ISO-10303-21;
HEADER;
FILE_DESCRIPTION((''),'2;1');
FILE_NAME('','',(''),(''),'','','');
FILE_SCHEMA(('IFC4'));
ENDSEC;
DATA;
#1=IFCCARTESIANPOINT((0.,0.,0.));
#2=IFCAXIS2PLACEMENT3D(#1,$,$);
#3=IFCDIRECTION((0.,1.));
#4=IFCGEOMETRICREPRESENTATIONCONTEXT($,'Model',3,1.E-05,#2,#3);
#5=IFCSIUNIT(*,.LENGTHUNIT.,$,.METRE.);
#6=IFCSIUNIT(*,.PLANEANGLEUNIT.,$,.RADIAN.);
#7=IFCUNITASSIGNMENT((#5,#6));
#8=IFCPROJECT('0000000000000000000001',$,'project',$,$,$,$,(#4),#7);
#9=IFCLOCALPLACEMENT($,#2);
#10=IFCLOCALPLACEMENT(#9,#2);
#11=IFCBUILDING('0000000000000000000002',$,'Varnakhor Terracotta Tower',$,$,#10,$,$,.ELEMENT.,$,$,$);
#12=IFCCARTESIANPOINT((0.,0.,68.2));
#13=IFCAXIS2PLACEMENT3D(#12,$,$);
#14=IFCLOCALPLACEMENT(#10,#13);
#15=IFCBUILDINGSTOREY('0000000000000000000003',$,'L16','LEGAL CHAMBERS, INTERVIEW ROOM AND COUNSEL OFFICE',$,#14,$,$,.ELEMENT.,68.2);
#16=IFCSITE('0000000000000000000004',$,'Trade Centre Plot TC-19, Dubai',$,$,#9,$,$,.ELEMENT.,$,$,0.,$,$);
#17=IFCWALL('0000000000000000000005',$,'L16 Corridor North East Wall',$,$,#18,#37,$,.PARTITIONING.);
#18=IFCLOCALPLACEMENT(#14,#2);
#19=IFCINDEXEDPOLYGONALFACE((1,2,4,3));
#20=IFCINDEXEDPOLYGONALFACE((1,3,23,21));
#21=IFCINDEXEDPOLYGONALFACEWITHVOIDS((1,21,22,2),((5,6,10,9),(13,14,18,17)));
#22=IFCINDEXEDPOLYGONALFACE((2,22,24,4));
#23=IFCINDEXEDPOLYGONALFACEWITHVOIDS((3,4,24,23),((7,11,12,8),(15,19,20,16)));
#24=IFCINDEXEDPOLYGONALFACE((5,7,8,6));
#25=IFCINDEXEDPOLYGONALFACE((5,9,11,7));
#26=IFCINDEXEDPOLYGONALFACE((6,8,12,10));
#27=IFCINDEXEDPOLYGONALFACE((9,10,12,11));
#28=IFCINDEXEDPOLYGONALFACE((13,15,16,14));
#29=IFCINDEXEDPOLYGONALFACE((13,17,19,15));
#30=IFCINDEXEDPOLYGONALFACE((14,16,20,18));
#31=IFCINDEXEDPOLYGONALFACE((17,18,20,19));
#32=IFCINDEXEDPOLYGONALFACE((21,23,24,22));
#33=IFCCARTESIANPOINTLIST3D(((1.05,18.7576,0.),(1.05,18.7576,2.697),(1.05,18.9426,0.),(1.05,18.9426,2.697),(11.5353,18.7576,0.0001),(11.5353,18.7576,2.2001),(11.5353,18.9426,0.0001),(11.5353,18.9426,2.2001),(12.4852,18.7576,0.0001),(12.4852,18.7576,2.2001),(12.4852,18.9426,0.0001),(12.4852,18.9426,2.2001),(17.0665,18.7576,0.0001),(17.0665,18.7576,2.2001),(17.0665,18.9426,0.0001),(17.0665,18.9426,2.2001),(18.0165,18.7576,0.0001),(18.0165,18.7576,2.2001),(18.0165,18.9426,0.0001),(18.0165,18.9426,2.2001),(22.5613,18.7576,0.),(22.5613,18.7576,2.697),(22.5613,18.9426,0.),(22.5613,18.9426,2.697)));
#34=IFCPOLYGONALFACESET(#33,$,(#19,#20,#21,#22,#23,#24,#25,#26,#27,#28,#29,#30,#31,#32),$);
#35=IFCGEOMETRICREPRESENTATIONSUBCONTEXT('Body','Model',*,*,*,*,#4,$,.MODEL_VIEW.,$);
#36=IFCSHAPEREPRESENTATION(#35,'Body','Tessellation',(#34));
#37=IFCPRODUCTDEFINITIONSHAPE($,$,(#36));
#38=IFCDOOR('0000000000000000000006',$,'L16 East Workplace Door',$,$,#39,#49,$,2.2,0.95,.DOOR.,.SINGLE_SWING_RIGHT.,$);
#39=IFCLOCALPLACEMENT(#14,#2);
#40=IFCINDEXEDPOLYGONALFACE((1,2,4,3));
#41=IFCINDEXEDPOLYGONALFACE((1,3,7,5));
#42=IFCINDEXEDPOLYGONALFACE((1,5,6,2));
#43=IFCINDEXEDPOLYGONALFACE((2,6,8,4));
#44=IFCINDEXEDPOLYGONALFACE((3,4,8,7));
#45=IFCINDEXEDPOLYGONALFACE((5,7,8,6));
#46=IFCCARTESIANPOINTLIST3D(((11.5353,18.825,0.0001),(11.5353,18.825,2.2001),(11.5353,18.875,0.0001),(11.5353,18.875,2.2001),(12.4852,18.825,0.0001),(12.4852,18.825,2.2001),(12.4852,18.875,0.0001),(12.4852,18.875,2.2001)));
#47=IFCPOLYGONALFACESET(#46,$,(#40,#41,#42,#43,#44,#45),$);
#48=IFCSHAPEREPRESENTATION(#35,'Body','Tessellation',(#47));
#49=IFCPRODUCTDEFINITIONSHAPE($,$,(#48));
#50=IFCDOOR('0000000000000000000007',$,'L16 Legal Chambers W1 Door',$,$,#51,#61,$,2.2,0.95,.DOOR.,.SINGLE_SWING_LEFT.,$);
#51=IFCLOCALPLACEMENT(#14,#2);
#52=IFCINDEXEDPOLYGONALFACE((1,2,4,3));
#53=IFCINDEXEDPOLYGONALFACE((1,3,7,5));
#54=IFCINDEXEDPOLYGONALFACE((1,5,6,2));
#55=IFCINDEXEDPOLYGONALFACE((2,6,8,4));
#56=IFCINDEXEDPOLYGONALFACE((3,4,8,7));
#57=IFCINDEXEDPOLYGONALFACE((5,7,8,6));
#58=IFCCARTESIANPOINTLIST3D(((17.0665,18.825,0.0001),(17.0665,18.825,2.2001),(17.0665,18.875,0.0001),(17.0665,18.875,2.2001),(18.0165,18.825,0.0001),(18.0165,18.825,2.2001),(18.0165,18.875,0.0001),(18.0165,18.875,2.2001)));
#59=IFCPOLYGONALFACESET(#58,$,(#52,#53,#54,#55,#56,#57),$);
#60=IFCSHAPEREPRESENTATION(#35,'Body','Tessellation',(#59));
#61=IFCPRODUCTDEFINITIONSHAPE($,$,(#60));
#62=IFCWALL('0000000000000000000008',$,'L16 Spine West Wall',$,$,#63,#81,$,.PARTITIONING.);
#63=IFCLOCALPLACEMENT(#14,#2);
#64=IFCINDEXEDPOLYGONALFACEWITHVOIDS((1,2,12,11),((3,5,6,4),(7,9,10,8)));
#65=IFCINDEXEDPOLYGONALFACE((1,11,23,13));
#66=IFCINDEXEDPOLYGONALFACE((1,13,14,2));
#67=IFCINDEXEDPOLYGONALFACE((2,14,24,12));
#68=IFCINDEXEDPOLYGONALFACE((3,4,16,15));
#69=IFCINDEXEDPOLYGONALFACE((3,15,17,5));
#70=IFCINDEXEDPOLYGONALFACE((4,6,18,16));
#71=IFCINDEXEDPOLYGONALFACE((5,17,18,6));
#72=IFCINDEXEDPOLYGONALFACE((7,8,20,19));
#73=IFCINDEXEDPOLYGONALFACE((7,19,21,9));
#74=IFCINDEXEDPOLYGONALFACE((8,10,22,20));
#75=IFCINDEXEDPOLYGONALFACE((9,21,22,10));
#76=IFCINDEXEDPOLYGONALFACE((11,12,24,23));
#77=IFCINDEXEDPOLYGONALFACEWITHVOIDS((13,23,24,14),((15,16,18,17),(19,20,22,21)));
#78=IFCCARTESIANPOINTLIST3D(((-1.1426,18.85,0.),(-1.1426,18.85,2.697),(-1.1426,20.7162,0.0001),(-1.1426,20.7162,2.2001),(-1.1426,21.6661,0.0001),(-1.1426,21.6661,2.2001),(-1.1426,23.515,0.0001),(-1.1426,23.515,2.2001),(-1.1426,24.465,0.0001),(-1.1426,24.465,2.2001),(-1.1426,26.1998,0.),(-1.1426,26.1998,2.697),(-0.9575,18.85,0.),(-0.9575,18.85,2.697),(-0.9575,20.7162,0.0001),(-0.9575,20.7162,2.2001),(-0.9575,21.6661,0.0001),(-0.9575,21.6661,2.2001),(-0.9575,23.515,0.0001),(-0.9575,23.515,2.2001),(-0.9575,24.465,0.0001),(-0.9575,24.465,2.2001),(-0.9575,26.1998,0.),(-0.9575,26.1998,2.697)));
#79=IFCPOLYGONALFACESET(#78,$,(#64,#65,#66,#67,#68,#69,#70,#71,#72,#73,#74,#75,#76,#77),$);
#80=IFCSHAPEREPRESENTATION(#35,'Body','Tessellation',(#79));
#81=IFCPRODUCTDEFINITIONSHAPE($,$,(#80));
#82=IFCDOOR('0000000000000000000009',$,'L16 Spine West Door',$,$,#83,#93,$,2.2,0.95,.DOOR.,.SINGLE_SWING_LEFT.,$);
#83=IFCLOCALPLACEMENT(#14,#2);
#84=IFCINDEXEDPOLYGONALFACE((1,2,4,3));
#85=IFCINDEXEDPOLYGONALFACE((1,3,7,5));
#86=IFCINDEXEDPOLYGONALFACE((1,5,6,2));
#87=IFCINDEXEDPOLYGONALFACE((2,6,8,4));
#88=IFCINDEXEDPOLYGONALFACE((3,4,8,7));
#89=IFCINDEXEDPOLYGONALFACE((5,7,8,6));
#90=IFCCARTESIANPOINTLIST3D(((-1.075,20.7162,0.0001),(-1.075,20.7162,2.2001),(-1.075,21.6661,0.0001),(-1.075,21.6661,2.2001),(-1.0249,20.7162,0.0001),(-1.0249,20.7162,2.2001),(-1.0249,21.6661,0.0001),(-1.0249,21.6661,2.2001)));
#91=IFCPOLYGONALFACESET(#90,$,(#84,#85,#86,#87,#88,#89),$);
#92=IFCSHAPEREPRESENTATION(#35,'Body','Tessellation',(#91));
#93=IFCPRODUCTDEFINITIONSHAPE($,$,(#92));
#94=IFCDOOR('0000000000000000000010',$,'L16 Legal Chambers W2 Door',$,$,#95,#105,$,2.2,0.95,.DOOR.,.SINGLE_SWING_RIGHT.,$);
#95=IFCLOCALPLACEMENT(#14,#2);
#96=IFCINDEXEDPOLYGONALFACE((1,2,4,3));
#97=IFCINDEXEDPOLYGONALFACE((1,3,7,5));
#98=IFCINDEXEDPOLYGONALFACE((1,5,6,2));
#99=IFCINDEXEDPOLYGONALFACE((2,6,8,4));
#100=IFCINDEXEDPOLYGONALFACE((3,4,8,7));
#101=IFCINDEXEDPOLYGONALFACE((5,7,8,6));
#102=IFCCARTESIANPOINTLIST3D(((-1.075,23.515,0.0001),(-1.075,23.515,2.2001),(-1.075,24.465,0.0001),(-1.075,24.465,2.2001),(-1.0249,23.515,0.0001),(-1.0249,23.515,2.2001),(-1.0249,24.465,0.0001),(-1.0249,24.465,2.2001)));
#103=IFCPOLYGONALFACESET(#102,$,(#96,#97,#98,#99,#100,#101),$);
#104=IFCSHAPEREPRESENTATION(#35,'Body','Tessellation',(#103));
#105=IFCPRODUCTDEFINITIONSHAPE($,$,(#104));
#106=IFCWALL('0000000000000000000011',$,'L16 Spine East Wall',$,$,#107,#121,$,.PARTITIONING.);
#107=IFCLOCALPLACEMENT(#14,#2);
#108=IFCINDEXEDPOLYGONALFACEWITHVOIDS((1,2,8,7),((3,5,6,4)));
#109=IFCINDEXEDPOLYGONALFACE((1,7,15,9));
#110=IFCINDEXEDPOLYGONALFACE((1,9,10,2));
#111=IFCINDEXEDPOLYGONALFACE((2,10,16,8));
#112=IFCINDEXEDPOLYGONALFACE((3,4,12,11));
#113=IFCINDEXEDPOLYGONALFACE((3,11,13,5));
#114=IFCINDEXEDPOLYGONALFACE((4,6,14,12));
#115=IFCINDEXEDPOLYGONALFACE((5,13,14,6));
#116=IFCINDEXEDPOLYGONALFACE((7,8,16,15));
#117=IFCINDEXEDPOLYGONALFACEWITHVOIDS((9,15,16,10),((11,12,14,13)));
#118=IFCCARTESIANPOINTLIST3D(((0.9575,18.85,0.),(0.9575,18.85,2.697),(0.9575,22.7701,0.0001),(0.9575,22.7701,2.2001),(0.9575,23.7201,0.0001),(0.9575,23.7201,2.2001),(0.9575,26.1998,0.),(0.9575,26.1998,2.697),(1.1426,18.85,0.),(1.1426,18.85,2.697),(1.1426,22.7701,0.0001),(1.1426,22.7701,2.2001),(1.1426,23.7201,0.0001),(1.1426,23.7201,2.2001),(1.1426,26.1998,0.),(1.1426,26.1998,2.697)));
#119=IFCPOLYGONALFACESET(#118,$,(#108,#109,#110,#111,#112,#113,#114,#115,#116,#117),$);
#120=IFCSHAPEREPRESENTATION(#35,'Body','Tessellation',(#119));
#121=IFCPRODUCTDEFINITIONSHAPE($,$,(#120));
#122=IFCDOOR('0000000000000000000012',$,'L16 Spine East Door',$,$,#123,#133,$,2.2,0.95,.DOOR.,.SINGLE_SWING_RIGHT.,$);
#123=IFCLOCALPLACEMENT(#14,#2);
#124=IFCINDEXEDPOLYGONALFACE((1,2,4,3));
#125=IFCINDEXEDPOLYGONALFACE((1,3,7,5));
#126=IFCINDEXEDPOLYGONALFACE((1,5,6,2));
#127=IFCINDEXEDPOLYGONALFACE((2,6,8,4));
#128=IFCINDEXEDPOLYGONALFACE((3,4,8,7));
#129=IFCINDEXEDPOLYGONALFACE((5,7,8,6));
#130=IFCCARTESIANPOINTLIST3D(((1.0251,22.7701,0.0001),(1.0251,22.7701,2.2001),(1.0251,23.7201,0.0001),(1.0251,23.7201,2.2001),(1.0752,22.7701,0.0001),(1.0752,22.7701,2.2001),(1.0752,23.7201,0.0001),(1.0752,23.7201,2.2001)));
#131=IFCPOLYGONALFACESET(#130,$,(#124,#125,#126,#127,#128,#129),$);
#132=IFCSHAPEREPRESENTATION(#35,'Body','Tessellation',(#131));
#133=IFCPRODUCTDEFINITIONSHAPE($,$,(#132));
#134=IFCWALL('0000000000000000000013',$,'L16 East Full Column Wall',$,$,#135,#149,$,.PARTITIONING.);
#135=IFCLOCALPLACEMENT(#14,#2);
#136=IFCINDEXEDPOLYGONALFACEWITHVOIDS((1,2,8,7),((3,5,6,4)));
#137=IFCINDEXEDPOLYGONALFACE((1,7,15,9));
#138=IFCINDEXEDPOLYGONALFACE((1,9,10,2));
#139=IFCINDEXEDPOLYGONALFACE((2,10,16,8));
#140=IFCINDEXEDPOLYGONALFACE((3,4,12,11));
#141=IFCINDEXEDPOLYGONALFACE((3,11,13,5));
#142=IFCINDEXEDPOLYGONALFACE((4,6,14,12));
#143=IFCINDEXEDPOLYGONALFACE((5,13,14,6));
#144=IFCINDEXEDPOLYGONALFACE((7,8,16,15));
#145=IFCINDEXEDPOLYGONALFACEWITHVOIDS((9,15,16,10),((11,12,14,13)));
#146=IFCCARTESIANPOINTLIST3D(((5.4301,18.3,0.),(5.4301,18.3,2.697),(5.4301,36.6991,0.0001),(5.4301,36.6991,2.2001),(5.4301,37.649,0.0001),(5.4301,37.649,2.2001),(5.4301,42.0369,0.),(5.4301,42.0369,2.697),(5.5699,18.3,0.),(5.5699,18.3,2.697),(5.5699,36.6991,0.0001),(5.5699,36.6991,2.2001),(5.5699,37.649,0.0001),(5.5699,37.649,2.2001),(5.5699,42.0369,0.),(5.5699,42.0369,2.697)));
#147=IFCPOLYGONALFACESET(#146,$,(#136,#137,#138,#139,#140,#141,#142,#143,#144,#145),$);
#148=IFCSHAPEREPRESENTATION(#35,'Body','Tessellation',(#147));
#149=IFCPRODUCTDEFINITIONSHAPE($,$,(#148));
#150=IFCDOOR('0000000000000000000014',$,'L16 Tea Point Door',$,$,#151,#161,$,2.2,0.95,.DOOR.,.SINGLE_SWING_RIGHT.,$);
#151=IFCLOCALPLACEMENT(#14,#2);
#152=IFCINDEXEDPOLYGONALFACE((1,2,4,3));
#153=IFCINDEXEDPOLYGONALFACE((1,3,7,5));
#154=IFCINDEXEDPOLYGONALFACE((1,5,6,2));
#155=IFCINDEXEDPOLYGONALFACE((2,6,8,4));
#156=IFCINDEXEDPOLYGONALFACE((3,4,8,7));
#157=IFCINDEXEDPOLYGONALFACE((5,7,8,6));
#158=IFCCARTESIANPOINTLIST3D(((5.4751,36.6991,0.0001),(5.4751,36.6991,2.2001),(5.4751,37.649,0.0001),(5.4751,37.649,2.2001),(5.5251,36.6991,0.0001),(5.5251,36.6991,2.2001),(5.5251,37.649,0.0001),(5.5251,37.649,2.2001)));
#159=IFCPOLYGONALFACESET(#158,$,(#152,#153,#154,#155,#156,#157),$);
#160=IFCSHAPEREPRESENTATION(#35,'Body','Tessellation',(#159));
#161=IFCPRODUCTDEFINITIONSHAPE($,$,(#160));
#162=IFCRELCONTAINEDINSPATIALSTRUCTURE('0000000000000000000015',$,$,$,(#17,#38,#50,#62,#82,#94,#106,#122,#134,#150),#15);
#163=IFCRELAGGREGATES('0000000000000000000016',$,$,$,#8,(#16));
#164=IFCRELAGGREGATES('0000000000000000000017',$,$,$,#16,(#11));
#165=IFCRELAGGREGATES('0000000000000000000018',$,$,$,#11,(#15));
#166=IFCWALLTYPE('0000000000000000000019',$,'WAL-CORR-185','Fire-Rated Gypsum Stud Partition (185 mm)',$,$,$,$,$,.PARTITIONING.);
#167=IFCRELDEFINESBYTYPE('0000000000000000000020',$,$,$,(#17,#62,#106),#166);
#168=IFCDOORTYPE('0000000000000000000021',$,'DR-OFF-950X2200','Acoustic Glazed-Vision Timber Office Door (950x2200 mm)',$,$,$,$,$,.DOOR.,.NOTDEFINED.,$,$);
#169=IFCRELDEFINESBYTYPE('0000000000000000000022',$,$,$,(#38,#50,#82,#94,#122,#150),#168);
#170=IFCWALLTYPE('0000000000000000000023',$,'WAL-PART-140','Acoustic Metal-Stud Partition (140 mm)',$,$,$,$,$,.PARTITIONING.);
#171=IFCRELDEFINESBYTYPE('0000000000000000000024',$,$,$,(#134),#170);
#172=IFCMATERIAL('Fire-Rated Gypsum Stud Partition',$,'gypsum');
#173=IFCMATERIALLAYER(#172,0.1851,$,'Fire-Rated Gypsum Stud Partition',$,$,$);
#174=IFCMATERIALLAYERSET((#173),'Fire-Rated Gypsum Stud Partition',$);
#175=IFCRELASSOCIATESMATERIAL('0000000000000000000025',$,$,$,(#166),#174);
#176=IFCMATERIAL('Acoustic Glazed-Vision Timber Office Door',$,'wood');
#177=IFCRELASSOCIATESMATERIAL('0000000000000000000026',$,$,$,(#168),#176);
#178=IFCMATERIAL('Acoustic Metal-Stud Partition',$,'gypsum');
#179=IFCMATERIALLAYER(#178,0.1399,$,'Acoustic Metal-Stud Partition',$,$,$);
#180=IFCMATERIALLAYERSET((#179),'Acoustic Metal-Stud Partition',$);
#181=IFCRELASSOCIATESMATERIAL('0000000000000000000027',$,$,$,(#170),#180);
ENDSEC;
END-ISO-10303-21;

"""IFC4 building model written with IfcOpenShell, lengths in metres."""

from ifc_helpers import new_model, si_unit, direction, frame, frame_2d, origin, place, context, subcontext, project, spatial, rectangle, extrude, source, transform, mapped, material, layer, layer_set, type_object, type_shapes, element, fill, save


model = new_model("IFC4")

# Units and contexts
model_context = context("Model", 3, precision=1e-05, world=origin(), true_north=direction((0.0, 1.0)))
body_context = subcontext(model_context, "Body", "Model", "MODEL_VIEW")
ifc_project = project(units=[si_unit("LENGTHUNIT", "METRE"), si_unit("PLANEANGLEUNIT", "RADIAN")], contexts=[model_context])

# Site, building, storey
site_placement = place(None, origin())
site = spatial("IfcSite", under=ifc_project, at=site_placement, Name="Trade Centre Plot TC-19, Dubai", CompositionType="ELEMENT", RefElevation=0.0)
building_placement = place(site_placement, origin())
building = spatial("IfcBuilding", under=site, at=building_placement, Name="Varnakhor Terracotta Tower", CompositionType="ELEMENT")
storey_placement = place(building_placement, frame((0.0, 0.0, 68.2)))
storey = spatial("IfcBuildingStorey", under=building, at=storey_placement, Name="L16", Description="LEGAL CHAMBERS, INTERVIEW ROOM AND COUNSEL OFFICE", CompositionType="ELEMENT", Elevation=68.2)

# Walls, openings, doors
ifc_material_1 = material(Name="Fire-Rated Gypsum Stud Partition", Category="gypsum")
ifc_layer_1 = layer(ifc_material_1, 0.1851, Name="Fire-Rated Gypsum Stud Partition")
ifc_layer_set_1 = layer_set([ifc_layer_1], Name="Fire-Rated Gypsum Stud Partition")
wall_type_1 = type_object("IfcWallType", Name="WAL-CORR-185", Description="Fire-Rated Gypsum Stud Partition (185 mm)", PredefinedType="PARTITIONING", material=ifc_layer_set_1)
wall_1_placement = place(storey_placement, frame((1.05, 18.8501, 0.0), z_axis=(0.0, 0.0, 1.0), x_axis=(1.0, 0.0, 0.0)))
wall_1 = element("IfcWall", 1, at=wall_1_placement, inside=storey, type_object=wall_type_1, Name="L16 Corridor North East Wall", PredefinedType="PARTITIONING", context=body_context, shape_type="SweptSolid", body=[
    extrude(rectangle(XDim=21.5112, YDim=0.1851, at=frame_2d((10.7556, 0.0))), origin(), (0.0, 0.0, 1.0), 2.697),
])
opening_1_placement = place(wall_1_placement, frame((10.4851, 0.0, 0.0)))
opening_1 = element("IfcOpeningElement", 2, at=opening_1_placement, cuts=wall_1, PredefinedType="OPENING", context=body_context, shape_type="SweptSolid", body=[
    extrude(rectangle(XDim=0.95, YDim=2.2, at=frame_2d((0.4751, 1.1001))), frame((0.0, 0.1025, 0.0), z_axis=(0.0, -1.0, 0.0), x_axis=(1.0, 0.0, 0.0)), (0.0, 0.0, 1.0), 0.2051),
])
opening_2_placement = place(wall_1_placement, frame((16.0164, 0.0, 0.0)))
opening_2 = element("IfcOpeningElement", 3, at=opening_2_placement, cuts=wall_1, PredefinedType="OPENING", context=body_context, shape_type="SweptSolid", body=[
    extrude(rectangle(XDim=0.95, YDim=2.2, at=frame_2d((0.4751, 1.1001))), frame((0.0, 0.1025, 0.0), z_axis=(0.0, -1.0, 0.0), x_axis=(1.0, 0.0, 0.0)), (0.0, 0.0, 1.0), 0.2051),
])
ifc_material_2 = material(Name="Acoustic Glazed-Vision Timber Office Door", Category="wood")
door_type_1 = type_object("IfcDoorType", Name="DR-OFF-950X2200", Description="Acoustic Glazed-Vision Timber Office Door (950x2200 mm)", OperationType="NOTDEFINED", PredefinedType="DOOR", material=ifc_material_2)
shared_shape_1 = source(origin(), body_context, "Body", "SweptSolid", [
    extrude(rectangle(XDim=0.95, YDim=2.2, at=frame_2d((0.4751, 1.1001))), frame((0.0, 0.0249, 0.0), z_axis=(0.0, -1.0, 0.0), x_axis=(1.0, 0.0, 0.0)), (0.0, 0.0, 1.0), 0.05),
])
type_shapes(door_type_1, [shared_shape_1])
door_1_placement = place(opening_1_placement, origin())
door_1 = element("IfcDoor", 4, at=door_1_placement, inside=storey, type_object=door_type_1, Name="L16 East Workplace Door", OperationType="SINGLE_SWING_RIGHT", OverallHeight=2.2, OverallWidth=0.95, PredefinedType="DOOR", context=body_context, shape_type="MappedRepresentation", body=[
    mapped(shared_shape_1, transform((0.0, 0.0, 0.0), scale=1.0)),
])
fill(opening_1, door_1)
door_2_placement = place(opening_2_placement, origin())
door_2 = element("IfcDoor", 5, at=door_2_placement, inside=storey, type_object=door_type_1, Name="L16 Legal Chambers W1 Door", OperationType="SINGLE_SWING_LEFT", OverallHeight=2.2, OverallWidth=0.95, PredefinedType="DOOR", context=body_context, shape_type="MappedRepresentation", body=[
    mapped(shared_shape_1, transform((0.0, 0.0, 0.0), scale=1.0)),
])
fill(opening_2, door_2)
wall_2_placement = place(storey_placement, frame((-1.05, 18.8501, 0.0), z_axis=(0.0, 0.0, 1.0), x_axis=(0.0, 1.0, 0.0)))
wall_2 = element("IfcWall", 6, at=wall_2_placement, inside=storey, type_object=wall_type_1, Name="L16 Spine West Wall", PredefinedType="PARTITIONING", context=body_context, shape_type="SweptSolid", body=[
    extrude(rectangle(XDim=7.3499, YDim=0.1851, at=frame_2d((3.6748, 0.0))), origin(), (0.0, 0.0, 1.0), 2.697),
])
opening_3_placement = place(wall_2_placement, frame((1.866, 0.0, 0.0)))
opening_3 = element("IfcOpeningElement", 7, at=opening_3_placement, cuts=wall_2, PredefinedType="OPENING", context=body_context, shape_type="SweptSolid", body=[
    extrude(rectangle(XDim=0.95, YDim=2.2, at=frame_2d((0.4751, 1.1001))), frame((0.0, 0.1025, 0.0), z_axis=(0.0, -1.0, 0.0), x_axis=(1.0, 0.0, 0.0)), (0.0, 0.0, 1.0), 0.2051),
])
opening_4_placement = place(wall_2_placement, frame((4.6648, 0.0, 0.0)))
opening_4 = element("IfcOpeningElement", 8, at=opening_4_placement, cuts=wall_2, PredefinedType="OPENING", context=body_context, shape_type="SweptSolid", body=[
    extrude(rectangle(XDim=0.95, YDim=2.2, at=frame_2d((0.4751, 1.1001))), frame((0.0, 0.1025, 0.0), z_axis=(0.0, -1.0, 0.0), x_axis=(1.0, 0.0, 0.0)), (0.0, 0.0, 1.0), 0.2051),
])
door_3_placement = place(opening_3_placement, origin())
door_3 = element("IfcDoor", 9, at=door_3_placement, inside=storey, type_object=door_type_1, Name="L16 Spine West Door", OperationType="SINGLE_SWING_LEFT", OverallHeight=2.2, OverallWidth=0.95, PredefinedType="DOOR", context=body_context, shape_type="MappedRepresentation", body=[
    mapped(shared_shape_1, transform((0.0, 0.0, 0.0), scale=1.0)),
])
fill(opening_3, door_3)
door_4_placement = place(opening_4_placement, origin())
door_4 = element("IfcDoor", 10, at=door_4_placement, inside=storey, type_object=door_type_1, Name="L16 Legal Chambers W2 Door", OperationType="SINGLE_SWING_RIGHT", OverallHeight=2.2, OverallWidth=0.95, PredefinedType="DOOR", context=body_context, shape_type="MappedRepresentation", body=[
    mapped(shared_shape_1, transform((0.0, 0.0, 0.0), scale=1.0)),
])
fill(opening_4, door_4)

# Walls, openings, doors
wall_3_placement = place(storey_placement, frame((1.05, 18.8501, 0.0), z_axis=(0.0, 0.0, 1.0), x_axis=(0.0, 1.0, 0.0)))
wall_3 = element("IfcWall", 11, at=wall_3_placement, inside=storey, type_object=wall_type_1, Name="L16 Spine East Wall", PredefinedType="PARTITIONING", context=body_context, shape_type="SweptSolid", body=[
    extrude(rectangle(XDim=7.3499, YDim=0.1851, at=frame_2d((3.6748, 0.0))), origin(), (0.0, 0.0, 1.0), 2.697),
])
opening_5_placement = place(wall_3_placement, frame((3.9199, 0.0, 0.0)))
opening_5 = element("IfcOpeningElement", 12, at=opening_5_placement, cuts=wall_3, PredefinedType="OPENING", context=body_context, shape_type="SweptSolid", body=[
    extrude(rectangle(XDim=0.95, YDim=2.2, at=frame_2d((0.4751, 1.1001))), frame((0.0, 0.1025, 0.0), z_axis=(0.0, -1.0, 0.0), x_axis=(1.0, 0.0, 0.0)), (0.0, 0.0, 1.0), 0.2051),
])
door_5_placement = place(opening_5_placement, origin())
door_5 = element("IfcDoor", 13, at=door_5_placement, inside=storey, type_object=door_type_1, Name="L16 Spine East Door", OperationType="SINGLE_SWING_RIGHT", OverallHeight=2.2, OverallWidth=0.95, PredefinedType="DOOR", context=body_context, shape_type="MappedRepresentation", body=[
    mapped(shared_shape_1, transform((0.0, 0.0, 0.0), scale=1.0)),
])
fill(opening_5, door_5)
ifc_material_3 = material(Name="Acoustic Metal-Stud Partition", Category="gypsum")
ifc_layer_2 = layer(ifc_material_3, 0.1399, Name="Acoustic Metal-Stud Partition")
ifc_layer_set_2 = layer_set([ifc_layer_2], Name="Acoustic Metal-Stud Partition")
wall_type_2 = type_object("IfcWallType", Name="WAL-PART-140", Description="Acoustic Metal-Stud Partition (140 mm)", PredefinedType="PARTITIONING", material=ifc_layer_set_2)
wall_4_placement = place(storey_placement, frame((5.5, 18.3, 0.0), z_axis=(0.0, 0.0, 1.0), x_axis=(0.0, 1.0, 0.0)))
wall_4 = element("IfcWall", 14, at=wall_4_placement, inside=storey, type_object=wall_type_2, Name="L16 East Full Column Wall", PredefinedType="PARTITIONING", context=body_context, shape_type="SweptSolid", body=[
    extrude(rectangle(XDim=23.7368, YDim=0.1399, at=frame_2d((11.8684, 0.0))), origin(), (0.0, 0.0, 1.0), 2.697),
])
opening_6_placement = place(wall_4_placement, frame((18.3989, 0.0, 0.0)))
opening_6 = element("IfcOpeningElement", 15, at=opening_6_placement, cuts=wall_4, PredefinedType="OPENING", context=body_context, shape_type="SweptSolid", body=[
    extrude(rectangle(XDim=0.95, YDim=2.2, at=frame_2d((0.4751, 1.1001))), frame((0.0, 0.0801, 0.0), z_axis=(0.0, -1.0, 0.0), x_axis=(1.0, 0.0, 0.0)), (0.0, 0.0, 1.0), 0.1599),
])
door_6_placement = place(opening_6_placement, origin())
door_6 = element("IfcDoor", 16, at=door_6_placement, inside=storey, type_object=door_type_1, Name="L16 Tea Point Door", OperationType="SINGLE_SWING_RIGHT", OverallHeight=2.2, OverallWidth=0.95, PredefinedType="DOOR", context=body_context, shape_type="MappedRepresentation", body=[
    mapped(shared_shape_1, transform((0.0, 0.0, 0.0), scale=1.0)),
])
fill(opening_6, door_6)

save(model, "model.ifc")
